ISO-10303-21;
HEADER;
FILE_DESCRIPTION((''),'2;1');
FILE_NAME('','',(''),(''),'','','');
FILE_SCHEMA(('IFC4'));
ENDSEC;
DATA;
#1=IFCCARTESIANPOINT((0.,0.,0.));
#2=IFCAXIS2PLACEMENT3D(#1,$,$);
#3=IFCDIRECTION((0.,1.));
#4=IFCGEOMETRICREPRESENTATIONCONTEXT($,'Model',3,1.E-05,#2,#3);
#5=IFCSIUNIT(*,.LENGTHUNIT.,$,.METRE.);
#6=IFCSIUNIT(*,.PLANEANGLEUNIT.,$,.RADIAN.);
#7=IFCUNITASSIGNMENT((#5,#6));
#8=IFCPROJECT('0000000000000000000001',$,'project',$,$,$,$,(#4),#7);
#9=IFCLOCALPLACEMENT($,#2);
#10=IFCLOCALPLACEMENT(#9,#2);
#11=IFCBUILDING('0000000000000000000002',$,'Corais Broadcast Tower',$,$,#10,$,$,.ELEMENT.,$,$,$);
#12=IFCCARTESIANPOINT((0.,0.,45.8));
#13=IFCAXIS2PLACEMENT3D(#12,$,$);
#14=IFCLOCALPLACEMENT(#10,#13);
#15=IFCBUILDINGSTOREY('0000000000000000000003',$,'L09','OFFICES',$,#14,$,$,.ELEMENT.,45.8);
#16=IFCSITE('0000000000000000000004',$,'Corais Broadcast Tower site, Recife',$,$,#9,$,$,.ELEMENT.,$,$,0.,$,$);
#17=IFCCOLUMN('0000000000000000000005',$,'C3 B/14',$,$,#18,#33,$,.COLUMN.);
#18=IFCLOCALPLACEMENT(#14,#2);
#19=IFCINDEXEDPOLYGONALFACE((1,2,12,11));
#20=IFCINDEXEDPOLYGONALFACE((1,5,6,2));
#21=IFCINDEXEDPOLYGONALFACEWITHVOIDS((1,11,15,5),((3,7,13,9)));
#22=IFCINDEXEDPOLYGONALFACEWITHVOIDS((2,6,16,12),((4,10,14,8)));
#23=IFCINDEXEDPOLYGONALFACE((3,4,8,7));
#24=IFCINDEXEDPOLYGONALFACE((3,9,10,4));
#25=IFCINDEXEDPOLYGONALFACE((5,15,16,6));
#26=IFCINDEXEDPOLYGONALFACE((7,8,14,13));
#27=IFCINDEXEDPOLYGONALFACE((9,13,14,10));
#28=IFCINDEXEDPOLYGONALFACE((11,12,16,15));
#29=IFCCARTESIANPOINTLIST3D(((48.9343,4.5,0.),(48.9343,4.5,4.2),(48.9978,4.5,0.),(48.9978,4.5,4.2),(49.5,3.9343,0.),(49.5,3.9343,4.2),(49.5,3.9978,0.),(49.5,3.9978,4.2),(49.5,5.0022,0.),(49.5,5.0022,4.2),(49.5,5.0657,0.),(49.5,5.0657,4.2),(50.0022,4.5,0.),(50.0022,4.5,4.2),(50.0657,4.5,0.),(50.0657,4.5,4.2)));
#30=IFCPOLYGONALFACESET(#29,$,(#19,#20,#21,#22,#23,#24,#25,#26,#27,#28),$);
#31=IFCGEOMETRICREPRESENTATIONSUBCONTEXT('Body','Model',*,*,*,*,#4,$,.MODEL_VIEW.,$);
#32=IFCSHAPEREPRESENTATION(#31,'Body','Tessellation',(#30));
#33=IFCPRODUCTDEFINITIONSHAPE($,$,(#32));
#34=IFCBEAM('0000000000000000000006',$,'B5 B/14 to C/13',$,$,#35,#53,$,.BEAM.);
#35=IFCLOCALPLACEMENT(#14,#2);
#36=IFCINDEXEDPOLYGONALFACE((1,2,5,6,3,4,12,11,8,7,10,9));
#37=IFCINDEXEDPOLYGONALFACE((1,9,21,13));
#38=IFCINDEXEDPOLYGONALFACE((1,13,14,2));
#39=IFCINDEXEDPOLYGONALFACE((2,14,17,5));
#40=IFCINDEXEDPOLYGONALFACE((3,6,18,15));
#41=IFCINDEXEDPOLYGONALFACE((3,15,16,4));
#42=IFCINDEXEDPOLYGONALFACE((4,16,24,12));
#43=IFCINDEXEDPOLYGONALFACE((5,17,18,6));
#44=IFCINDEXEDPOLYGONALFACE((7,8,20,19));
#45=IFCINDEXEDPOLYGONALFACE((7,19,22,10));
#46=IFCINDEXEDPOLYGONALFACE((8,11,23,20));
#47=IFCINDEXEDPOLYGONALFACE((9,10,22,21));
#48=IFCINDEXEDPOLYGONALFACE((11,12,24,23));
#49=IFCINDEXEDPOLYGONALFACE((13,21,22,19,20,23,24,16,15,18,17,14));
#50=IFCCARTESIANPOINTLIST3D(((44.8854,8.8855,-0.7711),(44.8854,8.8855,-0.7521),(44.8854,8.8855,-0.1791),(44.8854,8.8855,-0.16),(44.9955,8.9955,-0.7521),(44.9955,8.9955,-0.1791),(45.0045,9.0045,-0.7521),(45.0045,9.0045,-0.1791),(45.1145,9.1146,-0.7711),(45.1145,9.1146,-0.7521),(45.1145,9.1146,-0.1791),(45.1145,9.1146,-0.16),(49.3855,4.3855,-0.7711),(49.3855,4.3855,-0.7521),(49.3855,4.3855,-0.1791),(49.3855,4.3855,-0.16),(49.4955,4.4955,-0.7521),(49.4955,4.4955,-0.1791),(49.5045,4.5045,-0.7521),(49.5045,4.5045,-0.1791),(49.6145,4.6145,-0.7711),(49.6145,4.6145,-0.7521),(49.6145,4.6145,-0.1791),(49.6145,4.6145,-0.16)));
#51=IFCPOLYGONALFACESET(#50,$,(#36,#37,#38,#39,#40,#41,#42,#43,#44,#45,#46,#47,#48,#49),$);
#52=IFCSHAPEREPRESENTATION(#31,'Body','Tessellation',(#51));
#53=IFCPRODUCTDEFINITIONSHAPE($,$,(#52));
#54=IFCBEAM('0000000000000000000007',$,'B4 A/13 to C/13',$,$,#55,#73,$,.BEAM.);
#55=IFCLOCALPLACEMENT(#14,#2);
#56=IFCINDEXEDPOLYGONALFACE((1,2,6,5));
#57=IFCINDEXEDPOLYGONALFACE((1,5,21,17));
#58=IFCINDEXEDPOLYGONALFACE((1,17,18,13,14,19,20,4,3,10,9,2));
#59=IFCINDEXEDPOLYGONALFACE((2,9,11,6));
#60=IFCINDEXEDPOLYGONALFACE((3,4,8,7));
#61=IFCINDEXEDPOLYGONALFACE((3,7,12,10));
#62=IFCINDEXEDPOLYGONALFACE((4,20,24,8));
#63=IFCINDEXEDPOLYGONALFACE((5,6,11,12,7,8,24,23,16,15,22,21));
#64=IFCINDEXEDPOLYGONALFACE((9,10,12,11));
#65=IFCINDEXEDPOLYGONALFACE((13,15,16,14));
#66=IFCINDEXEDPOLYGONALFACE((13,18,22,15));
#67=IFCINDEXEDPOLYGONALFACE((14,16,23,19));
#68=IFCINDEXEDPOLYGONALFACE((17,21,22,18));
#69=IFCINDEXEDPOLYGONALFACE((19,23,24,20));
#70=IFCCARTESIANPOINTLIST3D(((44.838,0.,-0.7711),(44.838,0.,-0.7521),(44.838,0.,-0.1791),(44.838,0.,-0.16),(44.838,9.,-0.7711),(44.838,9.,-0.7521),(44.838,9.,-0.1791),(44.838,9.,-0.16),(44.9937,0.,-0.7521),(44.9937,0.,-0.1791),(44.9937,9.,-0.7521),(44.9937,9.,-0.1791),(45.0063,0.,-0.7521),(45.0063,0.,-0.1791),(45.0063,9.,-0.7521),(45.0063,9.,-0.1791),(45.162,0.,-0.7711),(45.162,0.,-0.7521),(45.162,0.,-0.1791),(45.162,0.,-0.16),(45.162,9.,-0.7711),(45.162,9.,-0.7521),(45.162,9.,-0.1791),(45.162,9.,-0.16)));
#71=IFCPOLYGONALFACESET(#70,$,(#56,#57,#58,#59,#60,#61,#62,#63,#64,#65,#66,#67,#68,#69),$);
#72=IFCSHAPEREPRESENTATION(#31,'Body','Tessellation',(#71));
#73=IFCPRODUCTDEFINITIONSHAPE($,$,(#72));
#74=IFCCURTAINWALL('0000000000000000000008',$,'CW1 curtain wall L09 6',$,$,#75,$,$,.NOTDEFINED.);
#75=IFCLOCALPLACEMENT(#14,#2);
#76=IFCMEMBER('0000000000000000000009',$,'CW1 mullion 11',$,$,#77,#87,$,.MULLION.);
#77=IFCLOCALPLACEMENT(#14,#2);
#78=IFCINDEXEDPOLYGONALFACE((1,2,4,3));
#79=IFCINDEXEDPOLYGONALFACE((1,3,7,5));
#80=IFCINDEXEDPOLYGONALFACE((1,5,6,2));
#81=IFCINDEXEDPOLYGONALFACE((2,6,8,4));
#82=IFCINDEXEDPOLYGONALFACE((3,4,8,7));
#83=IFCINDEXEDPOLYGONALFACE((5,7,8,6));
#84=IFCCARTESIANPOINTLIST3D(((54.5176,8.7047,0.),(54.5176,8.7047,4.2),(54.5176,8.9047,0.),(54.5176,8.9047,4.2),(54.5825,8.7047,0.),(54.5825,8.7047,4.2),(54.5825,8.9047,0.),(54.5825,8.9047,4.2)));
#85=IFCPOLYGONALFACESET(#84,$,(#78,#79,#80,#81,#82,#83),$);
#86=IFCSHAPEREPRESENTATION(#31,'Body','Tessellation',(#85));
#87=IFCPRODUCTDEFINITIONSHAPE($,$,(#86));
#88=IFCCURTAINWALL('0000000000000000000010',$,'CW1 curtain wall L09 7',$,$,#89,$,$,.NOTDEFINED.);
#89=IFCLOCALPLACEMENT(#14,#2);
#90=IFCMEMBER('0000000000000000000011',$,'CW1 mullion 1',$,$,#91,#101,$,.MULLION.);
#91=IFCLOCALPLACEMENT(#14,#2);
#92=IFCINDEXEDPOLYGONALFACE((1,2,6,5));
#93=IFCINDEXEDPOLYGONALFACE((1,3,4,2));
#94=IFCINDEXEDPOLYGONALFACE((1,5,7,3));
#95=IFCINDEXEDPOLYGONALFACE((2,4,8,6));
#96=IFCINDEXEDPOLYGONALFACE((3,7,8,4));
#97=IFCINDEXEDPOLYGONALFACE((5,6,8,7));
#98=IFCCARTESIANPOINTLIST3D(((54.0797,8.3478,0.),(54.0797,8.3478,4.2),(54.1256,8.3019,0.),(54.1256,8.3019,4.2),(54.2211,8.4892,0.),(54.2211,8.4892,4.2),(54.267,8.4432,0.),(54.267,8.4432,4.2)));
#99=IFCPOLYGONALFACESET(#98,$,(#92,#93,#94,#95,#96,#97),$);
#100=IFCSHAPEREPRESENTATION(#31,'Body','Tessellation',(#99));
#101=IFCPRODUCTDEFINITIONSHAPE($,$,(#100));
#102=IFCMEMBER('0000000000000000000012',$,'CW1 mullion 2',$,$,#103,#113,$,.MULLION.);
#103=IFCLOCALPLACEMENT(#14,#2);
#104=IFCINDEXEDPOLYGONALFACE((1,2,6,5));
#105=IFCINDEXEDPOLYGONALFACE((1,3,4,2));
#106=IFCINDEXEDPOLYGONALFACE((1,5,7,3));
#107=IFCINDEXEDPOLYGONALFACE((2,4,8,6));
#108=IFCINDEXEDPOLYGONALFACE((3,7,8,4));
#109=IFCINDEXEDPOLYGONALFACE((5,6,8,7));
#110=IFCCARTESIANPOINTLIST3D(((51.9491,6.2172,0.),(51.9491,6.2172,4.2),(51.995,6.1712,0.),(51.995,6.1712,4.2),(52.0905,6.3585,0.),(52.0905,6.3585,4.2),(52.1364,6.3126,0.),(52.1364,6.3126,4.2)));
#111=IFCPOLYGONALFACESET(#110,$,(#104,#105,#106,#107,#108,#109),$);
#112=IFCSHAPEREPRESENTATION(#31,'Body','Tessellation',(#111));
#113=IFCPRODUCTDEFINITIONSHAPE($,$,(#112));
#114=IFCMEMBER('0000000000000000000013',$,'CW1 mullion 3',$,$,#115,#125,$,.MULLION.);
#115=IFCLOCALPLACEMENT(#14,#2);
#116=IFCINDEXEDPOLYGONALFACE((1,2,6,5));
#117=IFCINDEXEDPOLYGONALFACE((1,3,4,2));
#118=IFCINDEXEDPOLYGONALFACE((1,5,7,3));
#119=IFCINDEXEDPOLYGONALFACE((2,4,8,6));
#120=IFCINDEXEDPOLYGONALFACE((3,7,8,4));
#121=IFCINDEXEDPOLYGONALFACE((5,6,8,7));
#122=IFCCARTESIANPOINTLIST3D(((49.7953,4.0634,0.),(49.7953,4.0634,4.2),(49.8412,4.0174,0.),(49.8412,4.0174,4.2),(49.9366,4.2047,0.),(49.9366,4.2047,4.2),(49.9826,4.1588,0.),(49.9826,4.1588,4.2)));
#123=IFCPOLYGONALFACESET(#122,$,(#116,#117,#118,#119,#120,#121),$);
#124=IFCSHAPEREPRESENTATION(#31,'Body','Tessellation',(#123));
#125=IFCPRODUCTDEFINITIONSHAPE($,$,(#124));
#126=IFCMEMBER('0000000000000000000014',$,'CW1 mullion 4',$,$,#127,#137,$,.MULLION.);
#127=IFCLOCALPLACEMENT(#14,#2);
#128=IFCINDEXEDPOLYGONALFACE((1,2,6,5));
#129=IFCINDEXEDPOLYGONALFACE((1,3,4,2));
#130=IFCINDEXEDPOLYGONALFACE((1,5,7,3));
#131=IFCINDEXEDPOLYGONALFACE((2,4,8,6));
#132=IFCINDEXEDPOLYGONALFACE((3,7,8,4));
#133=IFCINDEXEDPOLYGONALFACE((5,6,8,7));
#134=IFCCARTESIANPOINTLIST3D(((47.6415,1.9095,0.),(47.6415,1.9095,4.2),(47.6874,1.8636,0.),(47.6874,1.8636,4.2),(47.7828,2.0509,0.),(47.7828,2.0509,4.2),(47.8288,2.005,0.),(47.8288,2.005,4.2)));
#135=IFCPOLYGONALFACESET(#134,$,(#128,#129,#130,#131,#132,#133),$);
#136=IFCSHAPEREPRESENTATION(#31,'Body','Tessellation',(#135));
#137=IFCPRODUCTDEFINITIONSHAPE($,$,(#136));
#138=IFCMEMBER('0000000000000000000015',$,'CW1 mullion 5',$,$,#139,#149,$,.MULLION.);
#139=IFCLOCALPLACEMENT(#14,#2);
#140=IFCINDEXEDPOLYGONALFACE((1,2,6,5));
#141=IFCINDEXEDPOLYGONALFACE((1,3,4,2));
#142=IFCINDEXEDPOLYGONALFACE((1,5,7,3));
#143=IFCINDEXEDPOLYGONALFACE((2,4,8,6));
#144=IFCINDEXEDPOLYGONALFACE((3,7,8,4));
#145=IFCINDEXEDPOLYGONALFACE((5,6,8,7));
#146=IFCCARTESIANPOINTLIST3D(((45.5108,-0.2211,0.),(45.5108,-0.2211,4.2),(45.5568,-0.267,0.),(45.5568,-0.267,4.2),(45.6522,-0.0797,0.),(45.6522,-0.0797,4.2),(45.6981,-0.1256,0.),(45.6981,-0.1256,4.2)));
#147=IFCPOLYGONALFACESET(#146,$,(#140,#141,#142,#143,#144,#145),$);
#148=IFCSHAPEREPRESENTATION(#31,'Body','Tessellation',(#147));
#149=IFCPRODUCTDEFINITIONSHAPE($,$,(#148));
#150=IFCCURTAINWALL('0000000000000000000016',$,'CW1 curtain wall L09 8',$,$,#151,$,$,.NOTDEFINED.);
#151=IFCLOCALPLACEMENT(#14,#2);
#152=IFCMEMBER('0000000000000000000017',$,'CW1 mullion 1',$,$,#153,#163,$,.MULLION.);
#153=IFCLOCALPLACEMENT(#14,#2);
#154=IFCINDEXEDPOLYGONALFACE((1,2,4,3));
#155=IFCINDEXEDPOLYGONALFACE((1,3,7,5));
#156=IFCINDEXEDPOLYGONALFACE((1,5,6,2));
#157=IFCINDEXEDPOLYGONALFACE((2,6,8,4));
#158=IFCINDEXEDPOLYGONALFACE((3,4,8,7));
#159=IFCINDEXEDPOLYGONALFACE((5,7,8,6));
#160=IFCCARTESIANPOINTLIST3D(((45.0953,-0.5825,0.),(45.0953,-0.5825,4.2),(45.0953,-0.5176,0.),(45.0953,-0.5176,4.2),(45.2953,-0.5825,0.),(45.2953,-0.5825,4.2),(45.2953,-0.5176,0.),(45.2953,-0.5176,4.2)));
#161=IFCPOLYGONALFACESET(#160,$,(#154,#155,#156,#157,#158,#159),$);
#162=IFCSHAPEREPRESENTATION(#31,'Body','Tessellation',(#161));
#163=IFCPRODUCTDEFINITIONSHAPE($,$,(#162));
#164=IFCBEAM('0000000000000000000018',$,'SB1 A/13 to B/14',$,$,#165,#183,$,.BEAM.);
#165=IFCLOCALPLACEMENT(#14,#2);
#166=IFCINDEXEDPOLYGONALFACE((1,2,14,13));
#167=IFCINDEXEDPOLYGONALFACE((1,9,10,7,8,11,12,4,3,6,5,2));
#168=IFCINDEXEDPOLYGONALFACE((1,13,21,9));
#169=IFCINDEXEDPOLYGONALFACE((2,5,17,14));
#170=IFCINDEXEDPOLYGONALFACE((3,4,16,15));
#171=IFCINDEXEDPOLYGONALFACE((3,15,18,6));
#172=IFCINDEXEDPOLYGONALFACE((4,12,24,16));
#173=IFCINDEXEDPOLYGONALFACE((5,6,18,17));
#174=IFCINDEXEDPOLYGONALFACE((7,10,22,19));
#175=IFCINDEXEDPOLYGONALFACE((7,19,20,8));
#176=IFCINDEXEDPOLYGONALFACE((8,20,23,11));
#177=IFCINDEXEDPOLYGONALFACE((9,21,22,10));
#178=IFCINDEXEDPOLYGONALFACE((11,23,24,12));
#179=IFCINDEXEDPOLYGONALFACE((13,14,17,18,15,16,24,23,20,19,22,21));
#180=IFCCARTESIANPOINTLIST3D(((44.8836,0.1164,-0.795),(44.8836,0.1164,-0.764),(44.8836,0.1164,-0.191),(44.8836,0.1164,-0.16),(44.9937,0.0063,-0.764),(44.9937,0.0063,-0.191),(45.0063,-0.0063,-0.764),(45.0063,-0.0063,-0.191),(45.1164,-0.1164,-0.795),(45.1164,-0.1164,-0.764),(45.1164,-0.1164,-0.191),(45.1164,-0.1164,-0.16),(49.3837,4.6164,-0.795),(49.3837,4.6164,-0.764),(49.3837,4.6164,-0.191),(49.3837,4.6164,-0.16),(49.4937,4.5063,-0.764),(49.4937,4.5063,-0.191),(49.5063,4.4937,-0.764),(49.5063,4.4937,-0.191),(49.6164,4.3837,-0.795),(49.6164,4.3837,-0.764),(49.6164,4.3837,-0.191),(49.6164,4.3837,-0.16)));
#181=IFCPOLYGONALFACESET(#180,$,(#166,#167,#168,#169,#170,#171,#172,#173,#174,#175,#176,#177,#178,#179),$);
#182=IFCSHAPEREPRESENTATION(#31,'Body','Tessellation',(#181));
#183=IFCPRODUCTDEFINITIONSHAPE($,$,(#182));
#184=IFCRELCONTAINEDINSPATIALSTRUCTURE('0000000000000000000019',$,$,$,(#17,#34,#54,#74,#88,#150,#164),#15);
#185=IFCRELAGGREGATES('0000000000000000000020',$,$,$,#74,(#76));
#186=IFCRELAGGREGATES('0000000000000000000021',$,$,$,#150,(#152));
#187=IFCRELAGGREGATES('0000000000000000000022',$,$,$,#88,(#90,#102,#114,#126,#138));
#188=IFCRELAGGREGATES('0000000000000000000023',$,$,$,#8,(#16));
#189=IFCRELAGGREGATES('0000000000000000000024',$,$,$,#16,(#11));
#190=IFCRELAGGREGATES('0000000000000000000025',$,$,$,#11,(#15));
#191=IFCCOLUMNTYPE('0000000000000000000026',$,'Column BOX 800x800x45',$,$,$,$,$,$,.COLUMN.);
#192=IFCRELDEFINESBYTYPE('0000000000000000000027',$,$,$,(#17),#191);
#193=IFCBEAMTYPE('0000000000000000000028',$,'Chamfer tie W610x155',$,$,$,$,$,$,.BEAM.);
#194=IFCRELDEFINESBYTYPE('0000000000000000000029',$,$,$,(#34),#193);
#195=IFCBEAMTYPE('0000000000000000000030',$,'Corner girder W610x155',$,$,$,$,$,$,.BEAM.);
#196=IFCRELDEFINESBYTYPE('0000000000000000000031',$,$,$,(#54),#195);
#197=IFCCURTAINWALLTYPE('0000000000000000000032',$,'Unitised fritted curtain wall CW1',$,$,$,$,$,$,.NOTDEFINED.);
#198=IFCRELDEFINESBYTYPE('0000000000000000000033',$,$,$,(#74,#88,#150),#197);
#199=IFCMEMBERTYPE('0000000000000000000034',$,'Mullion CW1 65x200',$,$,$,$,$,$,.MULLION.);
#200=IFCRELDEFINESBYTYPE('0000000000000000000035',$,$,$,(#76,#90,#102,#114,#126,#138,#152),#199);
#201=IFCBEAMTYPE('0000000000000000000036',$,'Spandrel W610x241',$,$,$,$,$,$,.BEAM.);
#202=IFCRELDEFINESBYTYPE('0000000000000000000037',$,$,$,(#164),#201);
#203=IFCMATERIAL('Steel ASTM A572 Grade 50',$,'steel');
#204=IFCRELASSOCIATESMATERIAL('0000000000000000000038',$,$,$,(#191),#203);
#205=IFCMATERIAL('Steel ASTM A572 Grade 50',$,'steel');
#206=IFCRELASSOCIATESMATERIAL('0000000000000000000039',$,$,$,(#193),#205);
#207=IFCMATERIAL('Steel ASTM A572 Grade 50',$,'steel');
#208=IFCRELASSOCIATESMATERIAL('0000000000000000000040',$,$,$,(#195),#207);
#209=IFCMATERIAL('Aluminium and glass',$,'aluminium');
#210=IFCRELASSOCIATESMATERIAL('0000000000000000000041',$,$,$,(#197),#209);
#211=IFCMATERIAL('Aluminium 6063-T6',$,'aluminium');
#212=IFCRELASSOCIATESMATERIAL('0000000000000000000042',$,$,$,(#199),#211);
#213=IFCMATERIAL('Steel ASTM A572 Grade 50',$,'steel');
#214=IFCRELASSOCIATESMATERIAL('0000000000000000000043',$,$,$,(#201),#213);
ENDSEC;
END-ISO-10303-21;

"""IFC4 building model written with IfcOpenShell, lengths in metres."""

from ifc_helpers import new_model, si_unit, direction, frame, origin, origin_2d, place, context, subcontext, project, spatial, rectangle, hollow_rectangle, i_section, extrude, material, material_profile, profile_set, type_object, element, aggregate, save


model = new_model("IFC4")

# Units and contexts
model_context = context("Model", 3, precision=1e-05, world=origin(), true_north=direction((0.0, 1.0)))
body_context = subcontext(model_context, "Body", "Model", "MODEL_VIEW")
ifc_project = project(units=[si_unit("LENGTHUNIT", "METRE"), si_unit("PLANEANGLEUNIT", "RADIAN")], contexts=[model_context])

# Site, building, storey
site_placement = place(None, origin())
site = spatial("IfcSite", under=ifc_project, at=site_placement, Name="Corais Broadcast Tower site, Recife", CompositionType="ELEMENT", RefElevation=0.0)
building_placement = place(site_placement, origin())
building = spatial("IfcBuilding", under=site, at=building_placement, Name="Corais Broadcast Tower", CompositionType="ELEMENT")
storey_placement = place(building_placement, frame((0.0, 0.0, 45.8)))
storey = spatial("IfcBuildingStorey", under=building, at=storey_placement, Name="L09", Description="OFFICES", CompositionType="ELEMENT", Elevation=45.8)

# Column
ifc_material_1 = material(Name="Steel ASTM A572 Grade 50", Category="steel")
ifc_material_profile_1 = material_profile(ifc_material_1, hollow_rectangle(XDim=0.8, YDim=0.8, WallThickness=0.0449, at=origin_2d()), Name="BOX 800x800x45")
ifc_profile_set_1 = profile_set([ifc_material_profile_1], Name="Steel ASTM A572 Grade 50")
column_type = type_object("IfcColumnType", Name="Column BOX 800x800x45", PredefinedType="COLUMN", material=ifc_profile_set_1)
column_placement = place(storey_placement, frame((49.5, 4.5, 0.0), z_axis=(0.0, 0.0, 1.0), x_axis=(0.707107, 0.707107, 0.0)))
element("IfcColumn", 1, at=column_placement, inside=storey, type_object=column_type, Name="C3 B/14", PredefinedType="COLUMN", context=body_context, shape_type="SweptSolid", body=[
    extrude(hollow_rectangle(XDim=0.8, YDim=0.8, WallThickness=0.0449, at=origin_2d()), origin(), (0.0, 0.0, 1.0), 4.2),
])

# Beams
ifc_material_2 = material(Name="Steel ASTM A572 Grade 50", Category="steel")
ifc_material_profile_2 = material_profile(ifc_material_2, i_section(OverallWidth=0.324, OverallDepth=0.6111, WebThickness=0.0127, FlangeThickness=0.019, at=origin_2d()), Name="W610x155")
ifc_profile_set_2 = profile_set([ifc_material_profile_2], Name="Steel ASTM A572 Grade 50")
beam_type_1 = type_object("IfcBeamType", Name="Chamfer tie W610x155", PredefinedType="BEAM", material=ifc_profile_set_2)
beam_1_placement = place(storey_placement, frame((49.5, 4.5, -0.4656), z_axis=(-0.707107, 0.707107, 0.0), x_axis=(-0.707107, -0.707107, 0.0)))
element("IfcBeam", 2, at=beam_1_placement, inside=storey, type_object=beam_type_1, Name="B5 B/14 to C/13", PredefinedType="BEAM", context=body_context, shape_type="SweptSolid", body=[
    extrude(i_section(OverallWidth=0.324, OverallDepth=0.6111, WebThickness=0.0127, FlangeThickness=0.019, at=origin_2d()), origin(), (0.0, 0.0, 1.0), 6.364),
])
ifc_material_3 = material(Name="Steel ASTM A572 Grade 50", Category="steel")
ifc_material_profile_3 = material_profile(ifc_material_3, i_section(OverallWidth=0.324, OverallDepth=0.6111, WebThickness=0.0127, FlangeThickness=0.019, at=origin_2d()), Name="W610x155")
ifc_profile_set_3 = profile_set([ifc_material_profile_3], Name="Steel ASTM A572 Grade 50")
beam_type_2 = type_object("IfcBeamType", Name="Corner girder W610x155", PredefinedType="BEAM", material=ifc_profile_set_3)
beam_2_placement = place(storey_placement, frame((45.0, 0.0, -0.4656), z_axis=(0.0, 1.0, 0.0), x_axis=(-1.0, 0.0, 0.0)))
element("IfcBeam", 3, at=beam_2_placement, inside=storey, type_object=beam_type_2, Name="B4 A/13 to C/13", PredefinedType="BEAM", context=body_context, shape_type="SweptSolid", body=[
    extrude(i_section(OverallWidth=0.324, OverallDepth=0.6111, WebThickness=0.0127, FlangeThickness=0.019, at=origin_2d()), origin(), (0.0, 0.0, 1.0), 9.0),
])

# Curtain wall, member
ifc_material_4 = material(Name="Aluminium and glass", Category="aluminium")
curtain_wall_type = type_object("IfcCurtainWallType", Name="Unitised fritted curtain wall CW1", PredefinedType="NOTDEFINED", material=ifc_material_4)
curtain_wall_1_placement = place(storey_placement, origin())
curtain_wall_1 = element("IfcCurtainWall", 4, at=curtain_wall_1_placement, inside=storey, type_object=curtain_wall_type, Name="CW1 curtain wall L09 6", PredefinedType="NOTDEFINED")
ifc_material_5 = material(Name="Aluminium 6063-T6", Category="aluminium")
ifc_material_profile_4 = material_profile(ifc_material_5, rectangle(XDim=0.0649, YDim=0.2, at=origin_2d()), Name="Mullion CW1 65x200")
ifc_profile_set_4 = profile_set([ifc_material_profile_4], Name="Aluminium 6063-T6")
member_type_1 = type_object("IfcMemberType", Name="Mullion CW1 65x200", PredefinedType="MULLION", material=ifc_profile_set_4)
member_1_placement = place(storey_placement, frame((54.55, 8.8047, 0.0), z_axis=(0.0, 0.0, 1.0), x_axis=(1.0, 0.0, 0.0)))
member_1 = element("IfcMember", 5, at=member_1_placement, type_object=member_type_1, Name="CW1 mullion 11", PredefinedType="MULLION", context=body_context, shape_type="SweptSolid", body=[
    extrude(rectangle(XDim=0.0649, YDim=0.2, at=origin_2d()), origin(), (0.0, 0.0, 1.0), 4.2),
])
aggregate(curtain_wall_1, [member_1])

# Curtain wall, members
curtain_wall_2_placement = place(storey_placement, origin())
curtain_wall_2 = element("IfcCurtainWall", 6, at=curtain_wall_2_placement, inside=storey, type_object=curtain_wall_type, Name="CW1 curtain wall L09 7", PredefinedType="NOTDEFINED")
member_2_placement = place(storey_placement, frame((54.1733, 8.3955, 0.0), z_axis=(0.0, 0.0, 1.0), x_axis=(0.707107, -0.707107, 0.0)))
member_2 = element("IfcMember", 7, at=member_2_placement, type_object=member_type_1, Name="CW1 mullion 1", PredefinedType="MULLION", context=body_context, shape_type="SweptSolid", body=[
    extrude(rectangle(XDim=0.0649, YDim=0.2, at=origin_2d()), origin(), (0.0, 0.0, 1.0), 4.2),
])
member_3_placement = place(storey_placement, frame((52.0427, 6.2649, 0.0), z_axis=(0.0, 0.0, 1.0), x_axis=(0.707107, -0.707107, 0.0)))
member_3 = element("IfcMember", 8, at=member_3_placement, type_object=member_type_1, Name="CW1 mullion 2", PredefinedType="MULLION", context=body_context, shape_type="SweptSolid", body=[
    extrude(rectangle(XDim=0.0649, YDim=0.2, at=origin_2d()), origin(), (0.0, 0.0, 1.0), 4.2),
])
member_4_placement = place(storey_placement, frame((49.8889, 4.1111, 0.0), z_axis=(0.0, 0.0, 1.0), x_axis=(0.707107, -0.707107, 0.0)))
member_4 = element("IfcMember", 9, at=member_4_placement, type_object=member_type_1, Name="CW1 mullion 3", PredefinedType="MULLION", context=body_context, shape_type="SweptSolid", body=[
    extrude(rectangle(XDim=0.0649, YDim=0.2, at=origin_2d()), origin(), (0.0, 0.0, 1.0), 4.2),
])
member_5_placement = place(storey_placement, frame((47.7351, 1.9573, 0.0), z_axis=(0.0, 0.0, 1.0), x_axis=(0.707107, -0.707107, 0.0)))
member_5 = element("IfcMember", 10, at=member_5_placement, type_object=member_type_1, Name="CW1 mullion 4", PredefinedType="MULLION", context=body_context, shape_type="SweptSolid", body=[
    extrude(rectangle(XDim=0.0649, YDim=0.2, at=origin_2d()), origin(), (0.0, 0.0, 1.0), 4.2),
])
member_6_placement = place(storey_placement, frame((45.6045, -0.1733, 0.0), z_axis=(0.0, 0.0, 1.0), x_axis=(0.707107, -0.707107, 0.0)))
member_6 = element("IfcMember", 11, at=member_6_placement, type_object=member_type_1, Name="CW1 mullion 5", PredefinedType="MULLION", context=body_context, shape_type="SweptSolid", body=[
    extrude(rectangle(XDim=0.0649, YDim=0.2, at=origin_2d()), origin(), (0.0, 0.0, 1.0), 4.2),
])

# Curtain wall, member
curtain_wall_3_placement = place(storey_placement, origin())
curtain_wall_3 = element("IfcCurtainWall", 12, at=curtain_wall_3_placement, inside=storey, type_object=curtain_wall_type, Name="CW1 curtain wall L09 8", PredefinedType="NOTDEFINED")
member_7_placement = place(storey_placement, frame((45.1953, -0.55, 0.0), z_axis=(0.0, 0.0, 1.0), x_axis=(0.0, -1.0, 0.0)))
member_7 = element("IfcMember", 13, at=member_7_placement, type_object=member_type_1, Name="CW1 mullion 1", PredefinedType="MULLION", context=body_context, shape_type="SweptSolid", body=[
    extrude(rectangle(XDim=0.0649, YDim=0.2, at=origin_2d()), origin(), (0.0, 0.0, 1.0), 4.2),
])

# Beam
ifc_material_6 = material(Name="Steel ASTM A572 Grade 50", Category="steel")
ifc_material_profile_5 = material_profile(ifc_material_6, i_section(OverallWidth=0.3291, OverallDepth=0.635, WebThickness=0.0178, FlangeThickness=0.031, at=origin_2d()), Name="W610x241")
ifc_profile_set_5 = profile_set([ifc_material_profile_5], Name="Steel ASTM A572 Grade 50")
beam_type_3 = type_object("IfcBeamType", Name="Spandrel W610x241", PredefinedType="BEAM", material=ifc_profile_set_5)
for number, where, z_axis, x_axis, name in (
    (14, (45.0, 0.0, -0.4775), (0.707107, 0.707107, 0.0), (-0.707107, 0.707107, 0.0), "SB1 A/13 to B/14"),
):
    element("IfcBeam", number, at=place(storey_placement, frame(where, z_axis=z_axis, x_axis=x_axis)), inside=storey, type_object=beam_type_3, Name=name, PredefinedType="BEAM", context=body_context, shape_type="SweptSolid", body=[
        extrude(i_section(OverallWidth=0.3291, OverallDepth=0.635, WebThickness=0.0178, FlangeThickness=0.031, at=origin_2d()), origin(), (0.0, 0.0, 1.0), 6.364),
    ])

aggregate(curtain_wall_3, [member_7])

aggregate(curtain_wall_2, [member_2, member_3, member_4, member_5, member_6])

save(model, "model.ifc")
